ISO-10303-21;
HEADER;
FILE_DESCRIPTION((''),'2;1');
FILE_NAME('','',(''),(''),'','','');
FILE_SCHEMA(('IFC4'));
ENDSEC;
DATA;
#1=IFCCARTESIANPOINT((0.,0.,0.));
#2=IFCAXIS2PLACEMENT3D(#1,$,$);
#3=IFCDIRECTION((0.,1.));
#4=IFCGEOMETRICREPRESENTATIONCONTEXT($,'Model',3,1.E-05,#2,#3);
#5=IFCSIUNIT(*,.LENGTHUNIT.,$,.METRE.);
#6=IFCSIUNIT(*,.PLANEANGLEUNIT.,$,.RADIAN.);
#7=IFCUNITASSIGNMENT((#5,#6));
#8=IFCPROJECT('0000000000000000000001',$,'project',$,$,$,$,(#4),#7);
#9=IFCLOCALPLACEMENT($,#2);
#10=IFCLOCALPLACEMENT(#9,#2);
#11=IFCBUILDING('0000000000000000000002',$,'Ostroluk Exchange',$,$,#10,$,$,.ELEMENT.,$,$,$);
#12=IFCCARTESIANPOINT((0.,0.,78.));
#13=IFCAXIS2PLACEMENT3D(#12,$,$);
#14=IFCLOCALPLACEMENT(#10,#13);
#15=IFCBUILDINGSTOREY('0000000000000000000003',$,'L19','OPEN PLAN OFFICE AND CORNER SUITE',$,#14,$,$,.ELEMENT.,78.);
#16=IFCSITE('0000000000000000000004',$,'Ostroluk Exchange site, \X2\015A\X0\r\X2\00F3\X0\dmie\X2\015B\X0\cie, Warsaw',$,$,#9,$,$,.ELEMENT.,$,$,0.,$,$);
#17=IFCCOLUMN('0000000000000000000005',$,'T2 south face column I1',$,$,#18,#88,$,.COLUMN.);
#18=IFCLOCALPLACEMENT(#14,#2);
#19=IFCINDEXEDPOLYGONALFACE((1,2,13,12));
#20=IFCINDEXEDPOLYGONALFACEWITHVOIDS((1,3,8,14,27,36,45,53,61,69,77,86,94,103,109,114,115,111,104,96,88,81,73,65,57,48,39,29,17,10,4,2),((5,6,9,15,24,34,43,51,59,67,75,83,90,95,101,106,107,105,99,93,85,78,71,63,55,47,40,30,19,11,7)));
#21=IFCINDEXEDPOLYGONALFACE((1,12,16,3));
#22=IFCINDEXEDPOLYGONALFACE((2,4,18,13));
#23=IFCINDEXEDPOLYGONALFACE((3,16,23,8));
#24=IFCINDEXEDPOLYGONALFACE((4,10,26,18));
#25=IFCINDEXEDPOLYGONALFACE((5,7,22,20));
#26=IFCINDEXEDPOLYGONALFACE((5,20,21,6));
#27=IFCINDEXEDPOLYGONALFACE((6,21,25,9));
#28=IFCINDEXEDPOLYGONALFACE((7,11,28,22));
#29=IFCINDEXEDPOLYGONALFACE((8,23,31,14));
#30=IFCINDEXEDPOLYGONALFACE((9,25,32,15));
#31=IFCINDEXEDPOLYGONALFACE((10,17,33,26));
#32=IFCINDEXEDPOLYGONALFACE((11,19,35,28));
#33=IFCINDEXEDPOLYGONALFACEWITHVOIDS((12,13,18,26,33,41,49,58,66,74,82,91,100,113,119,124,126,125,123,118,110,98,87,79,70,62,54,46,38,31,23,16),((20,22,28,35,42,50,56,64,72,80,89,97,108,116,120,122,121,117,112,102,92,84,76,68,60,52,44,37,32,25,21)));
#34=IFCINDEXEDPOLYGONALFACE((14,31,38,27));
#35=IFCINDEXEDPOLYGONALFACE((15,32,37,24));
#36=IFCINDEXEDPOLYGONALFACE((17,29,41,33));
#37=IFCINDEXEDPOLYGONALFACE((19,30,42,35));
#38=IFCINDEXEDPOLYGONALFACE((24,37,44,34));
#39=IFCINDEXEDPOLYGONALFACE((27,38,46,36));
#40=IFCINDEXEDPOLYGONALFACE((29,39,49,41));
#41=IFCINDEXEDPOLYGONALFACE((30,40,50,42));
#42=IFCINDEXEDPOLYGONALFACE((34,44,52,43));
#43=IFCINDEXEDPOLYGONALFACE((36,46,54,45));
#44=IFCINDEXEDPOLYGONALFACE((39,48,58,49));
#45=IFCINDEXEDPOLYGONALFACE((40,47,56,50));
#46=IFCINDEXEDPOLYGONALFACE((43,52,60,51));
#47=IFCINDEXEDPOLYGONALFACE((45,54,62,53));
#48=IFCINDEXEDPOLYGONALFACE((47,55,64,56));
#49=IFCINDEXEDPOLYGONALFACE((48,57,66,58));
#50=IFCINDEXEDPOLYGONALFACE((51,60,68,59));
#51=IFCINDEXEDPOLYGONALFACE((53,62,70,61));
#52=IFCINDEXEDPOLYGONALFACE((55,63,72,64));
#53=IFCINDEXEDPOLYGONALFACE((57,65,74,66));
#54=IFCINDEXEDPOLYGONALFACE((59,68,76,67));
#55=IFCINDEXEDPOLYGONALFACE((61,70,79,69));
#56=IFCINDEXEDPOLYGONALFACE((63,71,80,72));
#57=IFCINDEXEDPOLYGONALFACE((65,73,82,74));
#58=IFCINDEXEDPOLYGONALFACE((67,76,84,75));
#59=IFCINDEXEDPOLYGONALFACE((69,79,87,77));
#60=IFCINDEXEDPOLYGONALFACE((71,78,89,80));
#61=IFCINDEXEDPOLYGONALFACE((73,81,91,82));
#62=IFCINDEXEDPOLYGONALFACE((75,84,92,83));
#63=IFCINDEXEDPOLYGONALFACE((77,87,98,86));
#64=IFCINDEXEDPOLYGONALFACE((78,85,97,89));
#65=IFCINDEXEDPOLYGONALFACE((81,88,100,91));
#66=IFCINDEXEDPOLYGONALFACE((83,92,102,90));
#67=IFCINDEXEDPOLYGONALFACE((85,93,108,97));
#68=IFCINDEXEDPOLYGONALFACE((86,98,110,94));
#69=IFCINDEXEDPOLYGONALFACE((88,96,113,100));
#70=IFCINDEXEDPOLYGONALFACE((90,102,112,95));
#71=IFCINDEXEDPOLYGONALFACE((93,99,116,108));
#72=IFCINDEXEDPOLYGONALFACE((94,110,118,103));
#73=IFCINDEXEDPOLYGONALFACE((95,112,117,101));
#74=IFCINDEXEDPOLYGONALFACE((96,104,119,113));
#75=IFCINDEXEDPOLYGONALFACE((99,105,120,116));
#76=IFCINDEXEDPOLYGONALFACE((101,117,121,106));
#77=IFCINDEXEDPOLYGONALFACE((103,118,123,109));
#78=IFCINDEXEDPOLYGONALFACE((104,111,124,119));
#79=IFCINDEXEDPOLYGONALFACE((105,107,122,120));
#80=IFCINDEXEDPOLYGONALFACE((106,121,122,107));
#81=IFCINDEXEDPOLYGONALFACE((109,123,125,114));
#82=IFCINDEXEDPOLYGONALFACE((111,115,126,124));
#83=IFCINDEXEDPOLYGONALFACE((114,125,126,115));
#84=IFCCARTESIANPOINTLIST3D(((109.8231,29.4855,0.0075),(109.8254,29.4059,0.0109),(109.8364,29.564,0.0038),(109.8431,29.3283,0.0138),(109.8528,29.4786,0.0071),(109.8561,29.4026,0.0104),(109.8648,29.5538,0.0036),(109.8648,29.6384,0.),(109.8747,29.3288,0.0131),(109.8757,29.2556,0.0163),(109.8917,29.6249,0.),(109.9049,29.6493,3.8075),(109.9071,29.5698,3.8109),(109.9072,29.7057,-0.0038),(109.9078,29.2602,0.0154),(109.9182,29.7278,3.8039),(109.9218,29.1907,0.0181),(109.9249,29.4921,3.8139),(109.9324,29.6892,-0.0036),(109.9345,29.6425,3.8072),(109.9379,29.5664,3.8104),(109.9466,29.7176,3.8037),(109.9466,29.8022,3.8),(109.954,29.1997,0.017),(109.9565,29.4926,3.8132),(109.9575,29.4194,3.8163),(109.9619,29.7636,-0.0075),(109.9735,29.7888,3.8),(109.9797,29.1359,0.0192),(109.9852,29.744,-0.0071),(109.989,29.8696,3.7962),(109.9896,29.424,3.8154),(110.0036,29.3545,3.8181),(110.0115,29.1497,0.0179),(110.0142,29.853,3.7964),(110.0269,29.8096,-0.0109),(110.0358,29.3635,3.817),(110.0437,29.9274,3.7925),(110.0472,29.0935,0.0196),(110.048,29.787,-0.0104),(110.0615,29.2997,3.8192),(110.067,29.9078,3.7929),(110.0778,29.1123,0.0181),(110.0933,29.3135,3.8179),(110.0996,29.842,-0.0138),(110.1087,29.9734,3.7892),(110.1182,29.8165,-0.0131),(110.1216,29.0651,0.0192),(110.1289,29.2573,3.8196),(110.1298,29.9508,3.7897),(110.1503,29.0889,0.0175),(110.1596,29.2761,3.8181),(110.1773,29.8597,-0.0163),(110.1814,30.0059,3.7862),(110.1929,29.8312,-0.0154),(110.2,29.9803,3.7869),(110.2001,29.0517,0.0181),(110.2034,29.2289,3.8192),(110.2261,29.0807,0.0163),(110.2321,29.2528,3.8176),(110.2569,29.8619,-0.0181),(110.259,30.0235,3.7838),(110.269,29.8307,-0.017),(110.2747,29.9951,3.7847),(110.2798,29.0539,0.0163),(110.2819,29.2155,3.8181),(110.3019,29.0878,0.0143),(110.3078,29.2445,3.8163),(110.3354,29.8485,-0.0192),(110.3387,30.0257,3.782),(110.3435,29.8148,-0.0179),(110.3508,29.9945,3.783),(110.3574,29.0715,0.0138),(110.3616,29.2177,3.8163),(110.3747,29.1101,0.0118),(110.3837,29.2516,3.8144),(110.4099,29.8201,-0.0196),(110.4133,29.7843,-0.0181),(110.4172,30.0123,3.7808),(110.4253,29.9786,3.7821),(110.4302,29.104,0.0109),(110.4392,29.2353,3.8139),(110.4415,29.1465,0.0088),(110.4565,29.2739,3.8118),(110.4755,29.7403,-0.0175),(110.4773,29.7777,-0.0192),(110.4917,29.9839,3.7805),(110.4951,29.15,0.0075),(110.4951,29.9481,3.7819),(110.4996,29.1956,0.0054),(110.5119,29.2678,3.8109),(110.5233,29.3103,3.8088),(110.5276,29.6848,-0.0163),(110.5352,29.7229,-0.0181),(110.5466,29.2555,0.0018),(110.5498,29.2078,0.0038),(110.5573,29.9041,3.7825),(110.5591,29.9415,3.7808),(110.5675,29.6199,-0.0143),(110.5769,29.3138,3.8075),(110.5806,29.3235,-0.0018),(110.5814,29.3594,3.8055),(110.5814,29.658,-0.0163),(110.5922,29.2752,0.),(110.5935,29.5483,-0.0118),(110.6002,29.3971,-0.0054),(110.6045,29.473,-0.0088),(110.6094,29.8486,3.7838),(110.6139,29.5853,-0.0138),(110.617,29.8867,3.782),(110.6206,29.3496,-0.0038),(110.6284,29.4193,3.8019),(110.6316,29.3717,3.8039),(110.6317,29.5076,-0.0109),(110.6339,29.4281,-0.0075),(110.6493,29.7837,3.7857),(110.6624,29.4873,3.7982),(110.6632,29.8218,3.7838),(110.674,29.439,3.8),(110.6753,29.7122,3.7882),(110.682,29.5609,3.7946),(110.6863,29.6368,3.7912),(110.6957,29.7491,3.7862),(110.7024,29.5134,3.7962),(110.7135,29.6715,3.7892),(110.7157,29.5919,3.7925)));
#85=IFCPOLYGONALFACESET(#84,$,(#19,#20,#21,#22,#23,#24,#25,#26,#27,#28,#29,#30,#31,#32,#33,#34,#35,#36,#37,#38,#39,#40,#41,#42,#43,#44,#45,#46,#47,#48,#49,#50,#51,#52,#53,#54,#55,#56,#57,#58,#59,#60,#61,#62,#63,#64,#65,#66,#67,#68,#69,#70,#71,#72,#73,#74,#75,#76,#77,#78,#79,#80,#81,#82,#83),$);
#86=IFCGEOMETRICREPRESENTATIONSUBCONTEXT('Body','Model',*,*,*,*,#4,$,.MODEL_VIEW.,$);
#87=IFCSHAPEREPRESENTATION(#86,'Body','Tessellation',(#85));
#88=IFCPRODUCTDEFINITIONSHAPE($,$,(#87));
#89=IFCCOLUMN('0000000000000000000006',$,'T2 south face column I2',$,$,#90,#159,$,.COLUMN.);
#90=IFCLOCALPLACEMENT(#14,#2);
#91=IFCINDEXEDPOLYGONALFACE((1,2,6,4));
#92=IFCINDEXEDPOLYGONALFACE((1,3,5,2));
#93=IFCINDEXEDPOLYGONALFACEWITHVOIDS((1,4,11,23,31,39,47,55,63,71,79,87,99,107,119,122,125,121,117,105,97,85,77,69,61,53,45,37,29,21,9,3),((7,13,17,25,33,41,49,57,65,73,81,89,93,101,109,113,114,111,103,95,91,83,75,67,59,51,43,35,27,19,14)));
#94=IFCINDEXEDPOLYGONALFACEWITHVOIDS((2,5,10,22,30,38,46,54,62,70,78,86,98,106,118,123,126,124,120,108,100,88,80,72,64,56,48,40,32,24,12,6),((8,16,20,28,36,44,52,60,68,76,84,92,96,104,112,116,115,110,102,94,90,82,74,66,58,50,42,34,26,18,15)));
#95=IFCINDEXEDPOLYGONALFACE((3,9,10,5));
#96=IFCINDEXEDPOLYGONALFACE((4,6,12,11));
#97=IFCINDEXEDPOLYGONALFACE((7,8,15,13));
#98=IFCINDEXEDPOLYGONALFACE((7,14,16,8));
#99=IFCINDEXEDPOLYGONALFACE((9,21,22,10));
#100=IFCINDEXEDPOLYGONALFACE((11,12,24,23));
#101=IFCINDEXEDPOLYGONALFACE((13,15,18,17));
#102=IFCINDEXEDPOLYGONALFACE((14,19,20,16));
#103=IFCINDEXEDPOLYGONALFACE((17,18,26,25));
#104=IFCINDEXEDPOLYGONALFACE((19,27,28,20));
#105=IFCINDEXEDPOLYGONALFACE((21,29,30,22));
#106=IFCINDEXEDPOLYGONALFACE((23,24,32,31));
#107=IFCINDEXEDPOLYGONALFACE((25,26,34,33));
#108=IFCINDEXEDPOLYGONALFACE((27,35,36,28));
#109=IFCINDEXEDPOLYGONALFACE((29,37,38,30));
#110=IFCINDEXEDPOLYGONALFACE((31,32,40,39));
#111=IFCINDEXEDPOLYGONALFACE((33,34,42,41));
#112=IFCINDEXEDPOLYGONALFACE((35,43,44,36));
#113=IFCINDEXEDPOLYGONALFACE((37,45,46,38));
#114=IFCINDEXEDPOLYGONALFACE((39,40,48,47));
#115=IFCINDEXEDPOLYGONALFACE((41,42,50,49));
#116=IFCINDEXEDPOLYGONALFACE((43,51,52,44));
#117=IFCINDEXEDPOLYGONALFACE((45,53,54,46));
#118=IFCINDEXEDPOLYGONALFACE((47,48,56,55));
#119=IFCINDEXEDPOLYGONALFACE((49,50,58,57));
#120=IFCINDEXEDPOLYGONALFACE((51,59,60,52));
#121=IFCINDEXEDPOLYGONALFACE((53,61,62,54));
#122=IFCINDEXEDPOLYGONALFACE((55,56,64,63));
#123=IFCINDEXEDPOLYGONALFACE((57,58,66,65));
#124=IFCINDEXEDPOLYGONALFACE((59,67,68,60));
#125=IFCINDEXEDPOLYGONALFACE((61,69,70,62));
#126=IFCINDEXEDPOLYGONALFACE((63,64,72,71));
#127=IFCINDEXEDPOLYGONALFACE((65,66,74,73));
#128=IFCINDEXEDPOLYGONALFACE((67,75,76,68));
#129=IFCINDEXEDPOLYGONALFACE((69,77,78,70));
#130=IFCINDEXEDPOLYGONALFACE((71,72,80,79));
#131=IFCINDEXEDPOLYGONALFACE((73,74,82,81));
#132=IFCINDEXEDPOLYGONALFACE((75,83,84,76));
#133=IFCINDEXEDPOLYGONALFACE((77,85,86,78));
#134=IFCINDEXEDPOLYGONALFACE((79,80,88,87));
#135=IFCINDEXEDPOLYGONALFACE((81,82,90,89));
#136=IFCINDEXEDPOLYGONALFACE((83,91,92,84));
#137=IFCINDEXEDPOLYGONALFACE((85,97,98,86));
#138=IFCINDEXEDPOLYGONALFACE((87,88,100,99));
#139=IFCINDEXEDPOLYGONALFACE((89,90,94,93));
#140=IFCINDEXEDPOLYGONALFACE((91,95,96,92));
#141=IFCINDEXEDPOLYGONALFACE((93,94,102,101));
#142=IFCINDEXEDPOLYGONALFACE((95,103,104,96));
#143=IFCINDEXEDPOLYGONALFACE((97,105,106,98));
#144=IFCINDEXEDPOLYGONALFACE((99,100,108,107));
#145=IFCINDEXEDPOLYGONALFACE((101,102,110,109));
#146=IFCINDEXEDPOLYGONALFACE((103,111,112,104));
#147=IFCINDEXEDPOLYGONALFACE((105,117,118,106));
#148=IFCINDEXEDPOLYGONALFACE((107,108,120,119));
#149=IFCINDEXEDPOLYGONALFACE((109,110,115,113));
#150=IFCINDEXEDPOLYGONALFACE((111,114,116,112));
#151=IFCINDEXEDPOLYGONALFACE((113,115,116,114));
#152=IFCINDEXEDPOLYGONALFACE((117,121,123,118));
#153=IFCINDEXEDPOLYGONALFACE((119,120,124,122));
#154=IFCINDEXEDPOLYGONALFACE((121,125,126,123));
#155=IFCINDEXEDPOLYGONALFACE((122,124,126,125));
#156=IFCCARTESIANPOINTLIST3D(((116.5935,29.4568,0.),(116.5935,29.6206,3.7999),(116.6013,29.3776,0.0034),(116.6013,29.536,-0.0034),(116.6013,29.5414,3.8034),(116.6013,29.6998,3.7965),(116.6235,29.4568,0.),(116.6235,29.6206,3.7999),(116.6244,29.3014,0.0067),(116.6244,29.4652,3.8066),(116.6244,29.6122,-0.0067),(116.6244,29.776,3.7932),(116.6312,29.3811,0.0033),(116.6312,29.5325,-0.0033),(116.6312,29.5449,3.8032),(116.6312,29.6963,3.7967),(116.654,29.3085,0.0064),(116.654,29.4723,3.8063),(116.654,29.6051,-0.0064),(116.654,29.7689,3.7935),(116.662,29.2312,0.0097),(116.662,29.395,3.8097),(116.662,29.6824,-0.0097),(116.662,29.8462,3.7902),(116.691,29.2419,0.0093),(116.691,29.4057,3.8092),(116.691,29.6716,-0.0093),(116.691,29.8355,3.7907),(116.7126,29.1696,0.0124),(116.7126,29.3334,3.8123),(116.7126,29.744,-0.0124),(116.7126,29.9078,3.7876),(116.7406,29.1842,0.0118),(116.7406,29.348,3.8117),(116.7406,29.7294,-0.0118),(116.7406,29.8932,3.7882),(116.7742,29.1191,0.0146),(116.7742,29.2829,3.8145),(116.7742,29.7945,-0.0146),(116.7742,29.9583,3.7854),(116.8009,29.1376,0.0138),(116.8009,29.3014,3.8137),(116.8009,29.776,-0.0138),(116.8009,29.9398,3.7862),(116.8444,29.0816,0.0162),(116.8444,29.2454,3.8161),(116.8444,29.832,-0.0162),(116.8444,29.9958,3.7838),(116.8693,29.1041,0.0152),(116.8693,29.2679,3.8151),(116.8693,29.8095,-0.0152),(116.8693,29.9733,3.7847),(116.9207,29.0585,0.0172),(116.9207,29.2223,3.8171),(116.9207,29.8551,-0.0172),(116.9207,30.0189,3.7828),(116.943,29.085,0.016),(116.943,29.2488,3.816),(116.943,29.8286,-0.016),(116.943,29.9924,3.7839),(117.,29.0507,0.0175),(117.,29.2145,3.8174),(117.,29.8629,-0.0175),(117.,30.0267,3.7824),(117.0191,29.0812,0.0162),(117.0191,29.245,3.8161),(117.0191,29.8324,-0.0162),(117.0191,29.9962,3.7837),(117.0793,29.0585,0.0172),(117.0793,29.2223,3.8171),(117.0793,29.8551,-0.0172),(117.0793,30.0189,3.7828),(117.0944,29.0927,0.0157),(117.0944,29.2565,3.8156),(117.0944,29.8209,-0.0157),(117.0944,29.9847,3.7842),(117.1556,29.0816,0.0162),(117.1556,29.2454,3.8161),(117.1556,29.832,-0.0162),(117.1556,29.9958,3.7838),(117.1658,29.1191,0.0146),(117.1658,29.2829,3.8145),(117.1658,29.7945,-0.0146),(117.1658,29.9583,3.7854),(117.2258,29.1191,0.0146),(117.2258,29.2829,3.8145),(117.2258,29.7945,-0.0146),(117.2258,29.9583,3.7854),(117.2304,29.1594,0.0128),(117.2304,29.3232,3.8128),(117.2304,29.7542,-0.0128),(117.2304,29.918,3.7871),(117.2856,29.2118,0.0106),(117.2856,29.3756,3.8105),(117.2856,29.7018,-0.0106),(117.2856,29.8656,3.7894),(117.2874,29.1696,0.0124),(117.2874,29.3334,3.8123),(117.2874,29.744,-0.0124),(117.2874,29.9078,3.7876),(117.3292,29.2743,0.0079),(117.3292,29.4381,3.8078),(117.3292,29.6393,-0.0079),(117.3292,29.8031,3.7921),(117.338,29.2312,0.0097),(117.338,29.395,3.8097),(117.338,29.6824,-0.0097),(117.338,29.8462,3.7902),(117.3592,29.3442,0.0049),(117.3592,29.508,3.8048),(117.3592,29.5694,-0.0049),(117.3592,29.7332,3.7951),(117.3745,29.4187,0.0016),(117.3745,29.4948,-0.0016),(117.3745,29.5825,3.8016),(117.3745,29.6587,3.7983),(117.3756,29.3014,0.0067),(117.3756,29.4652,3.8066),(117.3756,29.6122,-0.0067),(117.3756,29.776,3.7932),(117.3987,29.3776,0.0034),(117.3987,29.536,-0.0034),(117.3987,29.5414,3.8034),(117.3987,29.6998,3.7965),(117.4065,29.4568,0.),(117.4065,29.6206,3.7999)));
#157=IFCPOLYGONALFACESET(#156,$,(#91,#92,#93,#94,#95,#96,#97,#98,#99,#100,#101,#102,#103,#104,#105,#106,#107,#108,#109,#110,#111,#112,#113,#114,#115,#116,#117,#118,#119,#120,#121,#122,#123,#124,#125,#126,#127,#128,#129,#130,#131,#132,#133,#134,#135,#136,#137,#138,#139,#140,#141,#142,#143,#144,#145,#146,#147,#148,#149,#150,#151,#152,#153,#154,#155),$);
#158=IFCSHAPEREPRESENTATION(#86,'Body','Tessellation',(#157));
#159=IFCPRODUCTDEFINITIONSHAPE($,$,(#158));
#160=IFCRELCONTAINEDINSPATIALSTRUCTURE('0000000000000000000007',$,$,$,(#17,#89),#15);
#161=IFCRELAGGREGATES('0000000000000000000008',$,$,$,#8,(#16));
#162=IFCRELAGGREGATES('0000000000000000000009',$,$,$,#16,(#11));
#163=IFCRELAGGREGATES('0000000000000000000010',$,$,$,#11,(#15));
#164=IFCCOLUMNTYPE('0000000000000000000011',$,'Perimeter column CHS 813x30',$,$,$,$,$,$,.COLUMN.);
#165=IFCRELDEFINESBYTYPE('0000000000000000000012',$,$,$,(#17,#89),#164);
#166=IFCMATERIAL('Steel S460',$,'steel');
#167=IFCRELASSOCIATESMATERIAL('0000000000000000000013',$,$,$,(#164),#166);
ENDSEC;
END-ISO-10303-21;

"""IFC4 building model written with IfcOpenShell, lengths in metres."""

from ifc_helpers import new_model, si_unit, direction, frame, origin, origin_2d, place, context, subcontext, project, spatial, hollow_circle, extrude, material, material_profile, profile_set, type_object, element, save


model = new_model("IFC4")

# Units and contexts
model_context = context("Model", 3, precision=1e-05, world=origin(), true_north=direction((0.0, 1.0)))
body_context = subcontext(model_context, "Body", "Model", "MODEL_VIEW")
ifc_project = project(units=[si_unit("LENGTHUNIT", "METRE"), si_unit("PLANEANGLEUNIT", "RADIAN")], contexts=[model_context])

# Site, building, storey
site_placement = place(None, origin())
site = spatial("IfcSite", under=ifc_project, at=site_placement, Name="Ostroluk Exchange site, Śródmieście, Warsaw", CompositionType="ELEMENT", RefElevation=0.0)
building_placement = place(site_placement, origin())
building = spatial("IfcBuilding", under=site, at=building_placement, Name="Ostroluk Exchange", CompositionType="ELEMENT")
storey_placement = place(building_placement, frame((0.0, 0.0, 78.0)))
storey = spatial("IfcBuildingStorey", under=building, at=storey_placement, Name="L19", Description="OPEN PLAN OFFICE AND CORNER SUITE", CompositionType="ELEMENT", Elevation=78.0)

# Columns
ifc_material_1 = material(Name="Steel S460", Category="steel")
ifc_material_profile_1 = material_profile(ifc_material_1, hollow_circle(Radius=0.4065, WallThickness=0.03, at=origin_2d()), Name="CHS 813x30")
ifc_profile_set_1 = profile_set([ifc_material_profile_1], Name="Steel S460")
column_type = type_object("IfcColumnType", Name="Perimeter column CHS 813x30", PredefinedType="COLUMN", material=ifc_profile_set_1)
column_1_placement = place(storey_placement, frame((110.2285, 29.4568, 0.0), z_axis=(0.021498, 0.04306, 0.998841), x_axis=(-0.894694, 0.44668, 0.0)))
element("IfcColumn", 1, at=column_1_placement, inside=storey, type_object=column_type, Name="T2 south face column I1", PredefinedType="COLUMN", context=body_context, shape_type="SweptSolid", body=[
    extrude(hollow_circle(Radius=0.4065, WallThickness=0.03, at=origin_2d()), origin(), (0.0, 0.0, 1.0), 3.8044),
])
column_2_placement = place(storey_placement, frame((117.0, 29.4568, 0.0), z_axis=(0.0, 0.04307, 0.999072), x_axis=(-1.0, 0.0, 0.0)))
element("IfcColumn", 2, at=column_2_placement, inside=storey, type_object=column_type, Name="T2 south face column I2", PredefinedType="COLUMN", context=body_context, shape_type="SweptSolid", body=[
    extrude(hollow_circle(Radius=0.4065, WallThickness=0.03, at=origin_2d()), origin(), (0.0, 0.0, 1.0), 3.8035),
])

save(model, "model.ifc")
